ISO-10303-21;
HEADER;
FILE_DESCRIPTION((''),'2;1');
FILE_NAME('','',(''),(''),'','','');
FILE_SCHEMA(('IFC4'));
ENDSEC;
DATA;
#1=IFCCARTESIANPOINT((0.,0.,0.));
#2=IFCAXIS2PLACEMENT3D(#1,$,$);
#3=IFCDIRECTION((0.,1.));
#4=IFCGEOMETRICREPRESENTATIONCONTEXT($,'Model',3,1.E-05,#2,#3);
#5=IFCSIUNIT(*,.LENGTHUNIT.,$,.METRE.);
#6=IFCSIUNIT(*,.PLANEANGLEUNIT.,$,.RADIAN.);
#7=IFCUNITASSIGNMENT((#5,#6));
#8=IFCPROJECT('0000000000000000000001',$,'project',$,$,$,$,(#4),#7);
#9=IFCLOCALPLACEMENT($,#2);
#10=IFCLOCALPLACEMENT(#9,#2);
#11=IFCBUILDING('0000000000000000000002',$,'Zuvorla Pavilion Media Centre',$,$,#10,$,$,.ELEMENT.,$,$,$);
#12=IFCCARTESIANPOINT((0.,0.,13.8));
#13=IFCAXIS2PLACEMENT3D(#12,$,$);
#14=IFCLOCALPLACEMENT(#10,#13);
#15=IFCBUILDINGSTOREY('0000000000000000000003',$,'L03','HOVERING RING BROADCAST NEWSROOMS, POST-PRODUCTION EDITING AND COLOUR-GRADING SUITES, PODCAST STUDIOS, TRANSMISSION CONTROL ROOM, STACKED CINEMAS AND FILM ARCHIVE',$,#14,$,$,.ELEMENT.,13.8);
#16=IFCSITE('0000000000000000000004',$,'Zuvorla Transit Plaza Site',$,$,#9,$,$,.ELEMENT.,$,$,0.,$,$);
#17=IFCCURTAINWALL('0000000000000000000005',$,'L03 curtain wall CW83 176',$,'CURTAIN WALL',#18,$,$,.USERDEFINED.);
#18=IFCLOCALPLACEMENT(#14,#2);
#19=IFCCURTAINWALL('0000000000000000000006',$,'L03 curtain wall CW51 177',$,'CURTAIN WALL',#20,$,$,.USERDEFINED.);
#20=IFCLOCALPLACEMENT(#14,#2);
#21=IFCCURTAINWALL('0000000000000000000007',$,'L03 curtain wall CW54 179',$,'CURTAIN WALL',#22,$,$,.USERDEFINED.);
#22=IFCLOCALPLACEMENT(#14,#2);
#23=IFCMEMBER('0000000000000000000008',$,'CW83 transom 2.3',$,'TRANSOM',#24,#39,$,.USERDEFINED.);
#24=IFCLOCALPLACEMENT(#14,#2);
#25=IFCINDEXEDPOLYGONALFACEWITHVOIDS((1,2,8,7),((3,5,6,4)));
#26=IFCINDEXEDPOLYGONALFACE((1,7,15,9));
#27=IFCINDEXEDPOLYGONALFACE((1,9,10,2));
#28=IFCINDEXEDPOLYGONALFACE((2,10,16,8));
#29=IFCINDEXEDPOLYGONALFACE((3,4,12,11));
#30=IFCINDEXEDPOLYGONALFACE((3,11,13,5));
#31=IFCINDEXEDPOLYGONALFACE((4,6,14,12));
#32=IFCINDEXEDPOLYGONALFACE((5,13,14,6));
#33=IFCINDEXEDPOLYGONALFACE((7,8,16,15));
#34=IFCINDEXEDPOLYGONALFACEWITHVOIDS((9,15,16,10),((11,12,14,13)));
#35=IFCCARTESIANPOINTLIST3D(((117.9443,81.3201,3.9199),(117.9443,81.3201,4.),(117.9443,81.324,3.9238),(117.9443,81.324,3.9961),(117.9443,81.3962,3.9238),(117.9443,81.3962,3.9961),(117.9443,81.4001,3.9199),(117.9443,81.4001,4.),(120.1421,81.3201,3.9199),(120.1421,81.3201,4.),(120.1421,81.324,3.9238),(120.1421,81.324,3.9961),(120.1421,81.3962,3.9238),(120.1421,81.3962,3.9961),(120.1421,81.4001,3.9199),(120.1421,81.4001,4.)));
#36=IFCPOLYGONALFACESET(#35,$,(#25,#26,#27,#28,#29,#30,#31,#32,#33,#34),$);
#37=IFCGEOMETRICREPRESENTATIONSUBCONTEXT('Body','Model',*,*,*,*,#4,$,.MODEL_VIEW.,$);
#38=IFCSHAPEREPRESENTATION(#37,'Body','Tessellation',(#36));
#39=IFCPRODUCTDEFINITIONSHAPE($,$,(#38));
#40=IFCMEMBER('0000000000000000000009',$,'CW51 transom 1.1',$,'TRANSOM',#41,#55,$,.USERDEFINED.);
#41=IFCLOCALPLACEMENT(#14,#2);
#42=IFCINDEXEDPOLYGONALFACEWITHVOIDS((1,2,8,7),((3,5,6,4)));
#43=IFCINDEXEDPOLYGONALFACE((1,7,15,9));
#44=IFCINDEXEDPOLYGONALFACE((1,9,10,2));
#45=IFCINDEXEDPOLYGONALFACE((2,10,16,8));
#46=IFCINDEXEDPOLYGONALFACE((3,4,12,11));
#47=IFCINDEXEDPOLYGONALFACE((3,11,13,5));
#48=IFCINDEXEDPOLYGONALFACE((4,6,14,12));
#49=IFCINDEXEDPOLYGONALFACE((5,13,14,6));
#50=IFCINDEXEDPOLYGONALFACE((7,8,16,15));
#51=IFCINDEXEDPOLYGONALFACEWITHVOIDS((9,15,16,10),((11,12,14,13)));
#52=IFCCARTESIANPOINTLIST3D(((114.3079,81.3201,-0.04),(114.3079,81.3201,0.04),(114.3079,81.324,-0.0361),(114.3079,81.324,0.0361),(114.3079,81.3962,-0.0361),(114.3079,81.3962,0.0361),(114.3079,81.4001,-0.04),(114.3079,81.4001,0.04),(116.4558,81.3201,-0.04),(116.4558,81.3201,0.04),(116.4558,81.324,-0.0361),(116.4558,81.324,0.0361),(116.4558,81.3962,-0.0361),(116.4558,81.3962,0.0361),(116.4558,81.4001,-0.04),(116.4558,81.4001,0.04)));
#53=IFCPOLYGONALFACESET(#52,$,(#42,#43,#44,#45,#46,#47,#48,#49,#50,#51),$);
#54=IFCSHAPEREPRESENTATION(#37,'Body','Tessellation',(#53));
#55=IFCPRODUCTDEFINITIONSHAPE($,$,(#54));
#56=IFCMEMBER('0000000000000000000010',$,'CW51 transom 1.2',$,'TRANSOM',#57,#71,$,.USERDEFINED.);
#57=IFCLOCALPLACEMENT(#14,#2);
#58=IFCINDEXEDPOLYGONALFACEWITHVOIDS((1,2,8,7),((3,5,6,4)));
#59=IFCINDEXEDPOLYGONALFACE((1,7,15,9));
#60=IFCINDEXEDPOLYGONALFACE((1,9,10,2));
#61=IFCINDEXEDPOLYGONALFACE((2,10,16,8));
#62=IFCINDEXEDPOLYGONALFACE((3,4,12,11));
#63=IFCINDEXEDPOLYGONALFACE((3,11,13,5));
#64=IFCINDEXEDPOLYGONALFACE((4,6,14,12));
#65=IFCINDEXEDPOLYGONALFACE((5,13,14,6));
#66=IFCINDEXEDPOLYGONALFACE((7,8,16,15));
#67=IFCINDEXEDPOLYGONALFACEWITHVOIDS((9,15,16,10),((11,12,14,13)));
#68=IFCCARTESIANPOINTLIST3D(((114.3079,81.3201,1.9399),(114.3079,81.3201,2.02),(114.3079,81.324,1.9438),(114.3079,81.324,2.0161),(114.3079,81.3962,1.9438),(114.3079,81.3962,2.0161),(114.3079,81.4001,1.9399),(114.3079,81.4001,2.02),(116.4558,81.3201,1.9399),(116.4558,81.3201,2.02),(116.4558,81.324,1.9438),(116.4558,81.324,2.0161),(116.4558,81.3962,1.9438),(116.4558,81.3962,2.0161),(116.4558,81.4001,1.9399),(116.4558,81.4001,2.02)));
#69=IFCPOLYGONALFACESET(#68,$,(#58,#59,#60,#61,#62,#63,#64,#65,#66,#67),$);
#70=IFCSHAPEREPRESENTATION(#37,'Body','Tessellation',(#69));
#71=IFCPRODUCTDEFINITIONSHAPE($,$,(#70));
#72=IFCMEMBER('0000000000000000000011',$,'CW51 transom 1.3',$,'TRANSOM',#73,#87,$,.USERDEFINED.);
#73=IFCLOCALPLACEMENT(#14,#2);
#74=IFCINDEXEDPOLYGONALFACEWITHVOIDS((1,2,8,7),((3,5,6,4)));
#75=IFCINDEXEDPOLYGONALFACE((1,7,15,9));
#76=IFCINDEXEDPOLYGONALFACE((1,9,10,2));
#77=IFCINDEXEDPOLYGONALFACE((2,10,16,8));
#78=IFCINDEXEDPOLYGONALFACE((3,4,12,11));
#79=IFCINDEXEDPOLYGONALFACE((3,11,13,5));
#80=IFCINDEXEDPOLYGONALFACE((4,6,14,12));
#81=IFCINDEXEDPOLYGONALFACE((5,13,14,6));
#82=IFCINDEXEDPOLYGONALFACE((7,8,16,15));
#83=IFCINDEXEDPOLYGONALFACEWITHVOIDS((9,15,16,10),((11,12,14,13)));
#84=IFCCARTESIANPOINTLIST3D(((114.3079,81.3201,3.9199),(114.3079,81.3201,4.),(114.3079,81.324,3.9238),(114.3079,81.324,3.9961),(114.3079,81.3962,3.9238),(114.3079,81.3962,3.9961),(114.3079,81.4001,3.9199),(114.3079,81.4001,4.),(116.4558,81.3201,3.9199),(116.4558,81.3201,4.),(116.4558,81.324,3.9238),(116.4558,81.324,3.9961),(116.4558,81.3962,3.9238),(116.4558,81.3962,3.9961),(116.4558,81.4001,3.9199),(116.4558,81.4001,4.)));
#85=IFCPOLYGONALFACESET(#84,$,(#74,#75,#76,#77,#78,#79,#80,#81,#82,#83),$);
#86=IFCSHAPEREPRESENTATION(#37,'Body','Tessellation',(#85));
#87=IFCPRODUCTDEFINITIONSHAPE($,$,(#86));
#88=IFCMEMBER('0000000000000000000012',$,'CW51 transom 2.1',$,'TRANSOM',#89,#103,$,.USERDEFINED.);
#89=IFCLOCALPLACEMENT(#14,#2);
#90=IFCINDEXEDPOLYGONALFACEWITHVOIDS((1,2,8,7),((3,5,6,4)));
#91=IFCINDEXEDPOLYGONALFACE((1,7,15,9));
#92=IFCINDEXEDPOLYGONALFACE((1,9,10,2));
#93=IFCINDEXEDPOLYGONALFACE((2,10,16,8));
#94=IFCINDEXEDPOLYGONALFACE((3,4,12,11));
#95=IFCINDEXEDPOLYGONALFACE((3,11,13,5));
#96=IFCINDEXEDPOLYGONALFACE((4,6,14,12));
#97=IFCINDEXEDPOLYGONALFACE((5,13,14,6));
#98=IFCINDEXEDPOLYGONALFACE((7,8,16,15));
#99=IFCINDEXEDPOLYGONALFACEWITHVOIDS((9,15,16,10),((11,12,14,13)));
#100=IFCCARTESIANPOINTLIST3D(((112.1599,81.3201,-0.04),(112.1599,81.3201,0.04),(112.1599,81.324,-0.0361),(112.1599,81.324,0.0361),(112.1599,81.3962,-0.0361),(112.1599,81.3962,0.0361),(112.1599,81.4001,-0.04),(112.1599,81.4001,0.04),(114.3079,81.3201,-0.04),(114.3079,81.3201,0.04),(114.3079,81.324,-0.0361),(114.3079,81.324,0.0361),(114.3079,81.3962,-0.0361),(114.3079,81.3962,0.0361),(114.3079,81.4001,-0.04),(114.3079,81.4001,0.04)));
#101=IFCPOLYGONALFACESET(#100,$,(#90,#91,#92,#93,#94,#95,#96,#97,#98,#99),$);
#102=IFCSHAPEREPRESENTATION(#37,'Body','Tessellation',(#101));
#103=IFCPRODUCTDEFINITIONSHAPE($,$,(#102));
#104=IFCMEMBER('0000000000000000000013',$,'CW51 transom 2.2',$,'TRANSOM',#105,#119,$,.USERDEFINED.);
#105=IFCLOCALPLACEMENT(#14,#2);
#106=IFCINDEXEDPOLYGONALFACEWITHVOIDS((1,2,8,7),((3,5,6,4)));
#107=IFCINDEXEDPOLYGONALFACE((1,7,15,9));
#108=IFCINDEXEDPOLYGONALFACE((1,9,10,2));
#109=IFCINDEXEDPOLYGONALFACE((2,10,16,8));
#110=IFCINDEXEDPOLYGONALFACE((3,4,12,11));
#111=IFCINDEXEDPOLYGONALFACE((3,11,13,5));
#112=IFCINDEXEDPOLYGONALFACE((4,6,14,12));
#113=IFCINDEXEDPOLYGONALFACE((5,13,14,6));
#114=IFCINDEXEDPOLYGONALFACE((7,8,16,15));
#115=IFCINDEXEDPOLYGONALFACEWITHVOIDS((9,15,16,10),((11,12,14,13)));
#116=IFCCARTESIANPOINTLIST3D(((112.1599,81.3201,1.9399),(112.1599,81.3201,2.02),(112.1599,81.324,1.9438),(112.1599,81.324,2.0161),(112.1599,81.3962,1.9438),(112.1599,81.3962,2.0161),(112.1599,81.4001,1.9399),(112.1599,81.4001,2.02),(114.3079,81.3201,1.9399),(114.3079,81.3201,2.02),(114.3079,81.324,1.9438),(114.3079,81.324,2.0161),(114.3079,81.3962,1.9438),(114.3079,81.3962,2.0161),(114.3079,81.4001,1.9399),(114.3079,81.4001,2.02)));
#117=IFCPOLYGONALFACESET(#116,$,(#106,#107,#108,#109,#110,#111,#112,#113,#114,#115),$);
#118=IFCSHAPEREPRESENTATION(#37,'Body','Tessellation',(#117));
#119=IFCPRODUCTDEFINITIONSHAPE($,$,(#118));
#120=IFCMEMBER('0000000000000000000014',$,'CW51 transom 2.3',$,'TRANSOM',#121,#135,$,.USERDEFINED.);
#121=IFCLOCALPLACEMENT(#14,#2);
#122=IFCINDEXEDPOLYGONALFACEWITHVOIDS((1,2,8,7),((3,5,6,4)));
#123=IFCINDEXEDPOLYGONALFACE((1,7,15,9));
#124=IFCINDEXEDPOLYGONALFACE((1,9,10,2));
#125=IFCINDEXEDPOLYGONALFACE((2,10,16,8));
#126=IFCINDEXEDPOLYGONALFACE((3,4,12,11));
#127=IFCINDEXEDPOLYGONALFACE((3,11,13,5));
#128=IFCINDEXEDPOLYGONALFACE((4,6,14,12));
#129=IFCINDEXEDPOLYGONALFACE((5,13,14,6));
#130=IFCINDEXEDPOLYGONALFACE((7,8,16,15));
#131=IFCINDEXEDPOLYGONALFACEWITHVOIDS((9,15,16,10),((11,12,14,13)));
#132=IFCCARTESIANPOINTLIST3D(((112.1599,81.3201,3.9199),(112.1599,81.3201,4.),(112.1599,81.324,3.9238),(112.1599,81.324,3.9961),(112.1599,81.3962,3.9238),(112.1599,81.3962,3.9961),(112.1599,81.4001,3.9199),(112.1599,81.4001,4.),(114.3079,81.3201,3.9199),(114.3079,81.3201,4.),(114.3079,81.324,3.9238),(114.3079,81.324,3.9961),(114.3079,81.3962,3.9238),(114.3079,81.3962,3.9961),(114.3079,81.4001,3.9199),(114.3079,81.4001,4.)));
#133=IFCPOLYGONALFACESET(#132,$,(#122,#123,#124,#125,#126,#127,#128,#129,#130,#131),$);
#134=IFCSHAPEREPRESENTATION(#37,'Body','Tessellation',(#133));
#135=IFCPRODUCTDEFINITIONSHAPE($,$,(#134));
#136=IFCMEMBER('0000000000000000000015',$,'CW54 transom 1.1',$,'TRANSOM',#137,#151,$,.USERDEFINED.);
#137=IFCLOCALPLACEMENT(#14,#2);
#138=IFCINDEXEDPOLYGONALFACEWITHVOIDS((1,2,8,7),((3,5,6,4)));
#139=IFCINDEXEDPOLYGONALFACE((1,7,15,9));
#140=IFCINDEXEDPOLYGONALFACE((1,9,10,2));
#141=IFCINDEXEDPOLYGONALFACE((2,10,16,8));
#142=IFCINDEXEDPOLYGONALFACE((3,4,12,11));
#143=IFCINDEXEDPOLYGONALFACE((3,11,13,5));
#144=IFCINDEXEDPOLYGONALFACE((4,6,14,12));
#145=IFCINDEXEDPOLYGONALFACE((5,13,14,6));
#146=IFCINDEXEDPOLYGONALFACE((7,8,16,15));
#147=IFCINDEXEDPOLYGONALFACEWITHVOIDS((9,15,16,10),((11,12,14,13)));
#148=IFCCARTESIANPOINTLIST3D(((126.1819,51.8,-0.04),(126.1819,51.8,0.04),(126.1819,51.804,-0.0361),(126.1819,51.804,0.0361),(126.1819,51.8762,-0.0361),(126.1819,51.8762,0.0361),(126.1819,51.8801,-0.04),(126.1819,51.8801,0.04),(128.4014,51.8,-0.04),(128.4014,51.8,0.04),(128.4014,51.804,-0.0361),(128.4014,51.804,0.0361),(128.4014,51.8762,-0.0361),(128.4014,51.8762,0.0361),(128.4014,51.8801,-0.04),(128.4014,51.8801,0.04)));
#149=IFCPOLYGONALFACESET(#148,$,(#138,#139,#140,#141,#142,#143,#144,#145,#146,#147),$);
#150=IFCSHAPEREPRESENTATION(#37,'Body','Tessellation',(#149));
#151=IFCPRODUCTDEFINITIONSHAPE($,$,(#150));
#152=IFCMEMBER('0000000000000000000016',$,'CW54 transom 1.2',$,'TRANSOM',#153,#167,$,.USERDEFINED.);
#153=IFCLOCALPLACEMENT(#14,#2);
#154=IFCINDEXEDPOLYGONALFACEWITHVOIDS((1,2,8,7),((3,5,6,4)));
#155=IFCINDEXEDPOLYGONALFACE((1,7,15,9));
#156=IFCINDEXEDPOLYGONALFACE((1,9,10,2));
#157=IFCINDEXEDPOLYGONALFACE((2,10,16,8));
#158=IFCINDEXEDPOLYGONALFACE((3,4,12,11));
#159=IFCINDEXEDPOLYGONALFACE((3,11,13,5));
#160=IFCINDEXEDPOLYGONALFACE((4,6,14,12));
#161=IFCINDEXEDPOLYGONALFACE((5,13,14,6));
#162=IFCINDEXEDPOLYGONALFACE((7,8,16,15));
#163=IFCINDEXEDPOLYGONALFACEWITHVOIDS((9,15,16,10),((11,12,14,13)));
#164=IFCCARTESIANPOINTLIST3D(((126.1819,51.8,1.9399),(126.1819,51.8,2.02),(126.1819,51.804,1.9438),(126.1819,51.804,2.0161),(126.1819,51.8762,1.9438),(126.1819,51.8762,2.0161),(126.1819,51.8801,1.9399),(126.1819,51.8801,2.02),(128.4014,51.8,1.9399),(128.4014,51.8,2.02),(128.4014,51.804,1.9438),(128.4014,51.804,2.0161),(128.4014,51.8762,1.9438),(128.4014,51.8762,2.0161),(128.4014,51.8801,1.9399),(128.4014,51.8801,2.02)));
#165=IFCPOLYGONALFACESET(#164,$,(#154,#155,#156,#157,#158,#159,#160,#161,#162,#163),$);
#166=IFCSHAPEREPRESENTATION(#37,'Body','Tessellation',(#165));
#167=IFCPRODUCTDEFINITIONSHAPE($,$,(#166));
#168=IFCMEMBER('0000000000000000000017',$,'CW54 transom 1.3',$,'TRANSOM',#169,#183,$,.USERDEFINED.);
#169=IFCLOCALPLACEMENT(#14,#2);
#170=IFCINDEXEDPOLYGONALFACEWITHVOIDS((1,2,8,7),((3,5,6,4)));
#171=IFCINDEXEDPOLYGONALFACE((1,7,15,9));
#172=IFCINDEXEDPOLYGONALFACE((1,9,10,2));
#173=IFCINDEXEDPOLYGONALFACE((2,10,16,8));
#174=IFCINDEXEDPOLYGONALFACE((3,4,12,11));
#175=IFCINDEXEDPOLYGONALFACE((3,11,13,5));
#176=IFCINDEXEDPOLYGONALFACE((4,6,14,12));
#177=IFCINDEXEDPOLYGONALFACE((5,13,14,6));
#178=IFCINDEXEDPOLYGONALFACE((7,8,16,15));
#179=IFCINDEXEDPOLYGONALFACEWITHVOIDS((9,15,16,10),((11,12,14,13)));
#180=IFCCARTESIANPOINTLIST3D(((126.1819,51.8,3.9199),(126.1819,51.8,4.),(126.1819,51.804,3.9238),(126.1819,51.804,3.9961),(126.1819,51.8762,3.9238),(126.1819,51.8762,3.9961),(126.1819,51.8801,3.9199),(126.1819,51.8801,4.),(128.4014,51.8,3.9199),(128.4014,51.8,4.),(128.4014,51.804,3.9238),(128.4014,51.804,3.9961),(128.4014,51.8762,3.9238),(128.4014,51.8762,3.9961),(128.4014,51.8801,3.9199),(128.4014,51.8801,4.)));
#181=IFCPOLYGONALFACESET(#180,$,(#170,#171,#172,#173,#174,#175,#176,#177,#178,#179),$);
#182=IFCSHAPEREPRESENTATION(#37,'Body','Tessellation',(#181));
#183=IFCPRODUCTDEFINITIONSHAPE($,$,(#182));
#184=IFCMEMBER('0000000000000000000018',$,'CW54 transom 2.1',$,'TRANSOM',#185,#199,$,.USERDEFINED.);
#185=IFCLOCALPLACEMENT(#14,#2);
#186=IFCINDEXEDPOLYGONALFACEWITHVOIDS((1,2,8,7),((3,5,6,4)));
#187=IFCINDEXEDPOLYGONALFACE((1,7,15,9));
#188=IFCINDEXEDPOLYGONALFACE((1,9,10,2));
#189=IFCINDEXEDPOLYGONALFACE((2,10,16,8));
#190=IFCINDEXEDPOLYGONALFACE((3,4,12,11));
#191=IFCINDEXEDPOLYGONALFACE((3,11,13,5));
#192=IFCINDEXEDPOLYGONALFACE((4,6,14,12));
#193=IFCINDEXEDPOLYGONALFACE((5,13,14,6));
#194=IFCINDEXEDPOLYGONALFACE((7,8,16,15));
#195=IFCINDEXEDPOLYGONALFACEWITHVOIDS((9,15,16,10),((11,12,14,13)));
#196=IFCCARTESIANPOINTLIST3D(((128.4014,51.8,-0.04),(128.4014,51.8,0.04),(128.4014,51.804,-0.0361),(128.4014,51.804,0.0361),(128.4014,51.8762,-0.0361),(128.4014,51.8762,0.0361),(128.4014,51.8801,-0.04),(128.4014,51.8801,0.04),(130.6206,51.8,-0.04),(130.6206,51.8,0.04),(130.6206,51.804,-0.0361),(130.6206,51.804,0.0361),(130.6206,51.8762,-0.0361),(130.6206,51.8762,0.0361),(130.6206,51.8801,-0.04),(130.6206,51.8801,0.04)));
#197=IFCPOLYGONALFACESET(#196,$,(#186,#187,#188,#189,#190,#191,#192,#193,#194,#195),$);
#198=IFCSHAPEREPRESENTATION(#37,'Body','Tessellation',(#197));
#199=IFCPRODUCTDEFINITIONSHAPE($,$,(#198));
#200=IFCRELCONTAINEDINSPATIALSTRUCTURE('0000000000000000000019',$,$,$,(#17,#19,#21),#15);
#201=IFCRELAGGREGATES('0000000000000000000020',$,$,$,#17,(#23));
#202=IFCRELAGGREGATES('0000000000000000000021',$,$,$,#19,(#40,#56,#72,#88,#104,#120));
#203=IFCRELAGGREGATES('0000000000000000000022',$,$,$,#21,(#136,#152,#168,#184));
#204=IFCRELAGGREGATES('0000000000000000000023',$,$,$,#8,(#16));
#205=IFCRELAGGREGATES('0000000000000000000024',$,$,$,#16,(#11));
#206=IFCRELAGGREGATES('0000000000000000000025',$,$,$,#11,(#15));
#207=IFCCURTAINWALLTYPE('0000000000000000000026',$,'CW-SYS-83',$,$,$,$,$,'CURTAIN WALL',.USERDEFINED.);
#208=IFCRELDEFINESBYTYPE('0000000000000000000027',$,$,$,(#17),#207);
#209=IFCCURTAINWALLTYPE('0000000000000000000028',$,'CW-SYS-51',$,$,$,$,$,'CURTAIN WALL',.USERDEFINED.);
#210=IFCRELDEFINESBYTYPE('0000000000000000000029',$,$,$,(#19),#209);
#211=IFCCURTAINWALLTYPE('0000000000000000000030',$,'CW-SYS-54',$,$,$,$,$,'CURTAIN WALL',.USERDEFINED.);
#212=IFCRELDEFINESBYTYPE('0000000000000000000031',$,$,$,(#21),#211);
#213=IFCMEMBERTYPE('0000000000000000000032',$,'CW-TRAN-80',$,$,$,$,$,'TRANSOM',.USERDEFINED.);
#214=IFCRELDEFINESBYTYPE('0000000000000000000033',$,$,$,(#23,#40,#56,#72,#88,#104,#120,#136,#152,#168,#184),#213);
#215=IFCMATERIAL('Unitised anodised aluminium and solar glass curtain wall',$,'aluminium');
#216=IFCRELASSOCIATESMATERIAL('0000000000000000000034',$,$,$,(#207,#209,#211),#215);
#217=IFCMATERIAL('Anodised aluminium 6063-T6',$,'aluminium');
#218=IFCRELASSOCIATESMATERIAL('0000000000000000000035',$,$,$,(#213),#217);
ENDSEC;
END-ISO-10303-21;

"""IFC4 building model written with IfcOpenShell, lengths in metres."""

from ifc_helpers import new_model, si_unit, direction, frame, origin, origin_2d, place, context, subcontext, project, spatial, hollow_rectangle, extrude, material, material_profile, profile_set, type_object, element, aggregate, save


model = new_model("IFC4")

# Units and contexts
model_context = context("Model", 3, precision=1e-05, world=origin(), true_north=direction((0.0, 1.0)))
body_context = subcontext(model_context, "Body", "Model", "MODEL_VIEW")
ifc_project = project(units=[si_unit("LENGTHUNIT", "METRE"), si_unit("PLANEANGLEUNIT", "RADIAN")], contexts=[model_context])

# Site, building, storey
site_placement = place(None, origin())
site = spatial("IfcSite", under=ifc_project, at=site_placement, Name="Zuvorla Transit Plaza Site", CompositionType="ELEMENT", RefElevation=0.0)
building_placement = place(site_placement, origin())
building = spatial("IfcBuilding", under=site, at=building_placement, Name="Zuvorla Pavilion Media Centre", CompositionType="ELEMENT")
storey_placement = place(building_placement, frame((0.0, 0.0, 13.8)))
storey = spatial("IfcBuildingStorey", under=building, at=storey_placement, Name="L03", Description="HOVERING RING BROADCAST NEWSROOMS, POST-PRODUCTION EDITING AND COLOUR-GRADING SUITES, PODCAST STUDIOS, TRANSMISSION CONTROL ROOM, STACKED CINEMAS AND FILM ARCHIVE", CompositionType="ELEMENT", Elevation=13.8)

# Curtain walls
ifc_material_1 = material(Name="Unitised anodised aluminium and solar glass curtain wall", Category="aluminium")
curtain_wall_type_1 = type_object("IfcCurtainWallType", Name="CW-SYS-83", ElementType="CURTAIN WALL", PredefinedType="USERDEFINED", material=ifc_material_1)
curtain_wall_1_placement = place(storey_placement, origin())
curtain_wall_1 = element("IfcCurtainWall", 1, at=curtain_wall_1_placement, inside=storey, type_object=curtain_wall_type_1, Name="L03 curtain wall CW83 176", ObjectType="CURTAIN WALL", PredefinedType="USERDEFINED")
ifc_material_2 = material(Name="Anodised aluminium 6063-T6", Category="aluminium")
curtain_wall_type_2 = type_object("IfcCurtainWallType", Name="CW-SYS-51", ElementType="CURTAIN WALL", PredefinedType="USERDEFINED", material=ifc_material_1)
curtain_wall_2_placement = place(storey_placement, origin())
curtain_wall_2 = element("IfcCurtainWall", 2, at=curtain_wall_2_placement, inside=storey, type_object=curtain_wall_type_2, Name="L03 curtain wall CW51 177", ObjectType="CURTAIN WALL", PredefinedType="USERDEFINED")

# Curtain wall
curtain_wall_type_3 = type_object("IfcCurtainWallType", Name="CW-SYS-54", ElementType="CURTAIN WALL", PredefinedType="USERDEFINED", material=ifc_material_1)
curtain_wall_3_placement = place(storey_placement, origin())
curtain_wall_3 = element("IfcCurtainWall", 3, at=curtain_wall_3_placement, inside=storey, type_object=curtain_wall_type_3, Name="L03 curtain wall CW54 179", ObjectType="CURTAIN WALL", PredefinedType="USERDEFINED")

# Members
ifc_material_profile_1 = material_profile(ifc_material_2, hollow_rectangle(XDim=0.0801, YDim=0.0801, WallThickness=0.0039, at=origin_2d()), Name="ALU TRAN 80x80")
ifc_profile_set_1 = profile_set([ifc_material_profile_1], Name="Anodised aluminium 6063-T6")
member_type_1 = type_object("IfcMemberType", Name="CW-TRAN-80", ElementType="TRANSOM", PredefinedType="USERDEFINED", material=ifc_profile_set_1)
member_1_placement = place(storey_placement, frame((120.1421, 81.3601, 3.96), z_axis=(-1.0, 0.0, 0.0), x_axis=(0.0, -1.0, 0.0)))
member_1 = element("IfcMember", 4, at=member_1_placement, type_object=member_type_1, Name="CW83 transom 2.3", ObjectType="TRANSOM", PredefinedType="USERDEFINED", context=body_context, shape_type="SweptSolid", body=[
    extrude(hollow_rectangle(XDim=0.0801, YDim=0.0801, WallThickness=0.0039, at=origin_2d()), origin(), (0.0, 0.0, 1.0), 2.1978),
])
member_2_placement = place(storey_placement, frame((116.4558, 81.3601, 0.0), z_axis=(-1.0, 0.0, 0.0), x_axis=(0.0, -1.0, 0.0)))
member_2 = element("IfcMember", 5, at=member_2_placement, type_object=member_type_1, Name="CW51 transom 1.1", ObjectType="TRANSOM", PredefinedType="USERDEFINED", context=body_context, shape_type="SweptSolid", body=[
    extrude(hollow_rectangle(XDim=0.0801, YDim=0.0801, WallThickness=0.0039, at=origin_2d()), origin(), (0.0, 0.0, 1.0), 2.1479),
])
member_3_placement = place(storey_placement, frame((116.4558, 81.3601, 1.98), z_axis=(-1.0, 0.0, 0.0), x_axis=(0.0, -1.0, 0.0)))
member_3 = element("IfcMember", 6, at=member_3_placement, type_object=member_type_1, Name="CW51 transom 1.2", ObjectType="TRANSOM", PredefinedType="USERDEFINED", context=body_context, shape_type="SweptSolid", body=[
    extrude(hollow_rectangle(XDim=0.0801, YDim=0.0801, WallThickness=0.0039, at=origin_2d()), origin(), (0.0, 0.0, 1.0), 2.1479),
])
member_4_placement = place(storey_placement, frame((116.4558, 81.3601, 3.96), z_axis=(-1.0, 0.0, 0.0), x_axis=(0.0, -1.0, 0.0)))
member_4 = element("IfcMember", 7, at=member_4_placement, type_object=member_type_1, Name="CW51 transom 1.3", ObjectType="TRANSOM", PredefinedType="USERDEFINED", context=body_context, shape_type="SweptSolid", body=[
    extrude(hollow_rectangle(XDim=0.0801, YDim=0.0801, WallThickness=0.0039, at=origin_2d()), origin(), (0.0, 0.0, 1.0), 2.1479),
])
member_5_placement = place(storey_placement, frame((114.3079, 81.3601, 0.0), z_axis=(-1.0, 0.0, 0.0), x_axis=(0.0, -1.0, 0.0)))
member_5 = element("IfcMember", 8, at=member_5_placement, type_object=member_type_1, Name="CW51 transom 2.1", ObjectType="TRANSOM", PredefinedType="USERDEFINED", context=body_context, shape_type="SweptSolid", body=[
    extrude(hollow_rectangle(XDim=0.0801, YDim=0.0801, WallThickness=0.0039, at=origin_2d()), origin(), (0.0, 0.0, 1.0), 2.1479),
])
member_6_placement = place(storey_placement, frame((114.3079, 81.3601, 1.98), z_axis=(-1.0, 0.0, 0.0), x_axis=(0.0, -1.0, 0.0)))
member_6 = element("IfcMember", 9, at=member_6_placement, type_object=member_type_1, Name="CW51 transom 2.2", ObjectType="TRANSOM", PredefinedType="USERDEFINED", context=body_context, shape_type="SweptSolid", body=[
    extrude(hollow_rectangle(XDim=0.0801, YDim=0.0801, WallThickness=0.0039, at=origin_2d()), origin(), (0.0, 0.0, 1.0), 2.1479),
])
member_7_placement = place(storey_placement, frame((114.3079, 81.3601, 3.96), z_axis=(-1.0, 0.0, 0.0), x_axis=(0.0, -1.0, 0.0)))
member_7 = element("IfcMember", 10, at=member_7_placement, type_object=member_type_1, Name="CW51 transom 2.3", ObjectType="TRANSOM", PredefinedType="USERDEFINED", context=body_context, shape_type="SweptSolid", body=[
    extrude(hollow_rectangle(XDim=0.0801, YDim=0.0801, WallThickness=0.0039, at=origin_2d()), origin(), (0.0, 0.0, 1.0), 2.1479),
])
member_8_placement = place(storey_placement, frame((126.1819, 51.8401, 0.0), z_axis=(1.0, 0.0, 0.0), x_axis=(0.0, 1.0, 0.0)))
member_8 = element("IfcMember", 11, at=member_8_placement, type_object=member_type_1, Name="CW54 transom 1.1", ObjectType="TRANSOM", PredefinedType="USERDEFINED", context=body_context, shape_type="SweptSolid", body=[
    extrude(hollow_rectangle(XDim=0.0801, YDim=0.0801, WallThickness=0.0039, at=origin_2d()), origin(), (0.0, 0.0, 1.0), 2.2195),
])
member_9_placement = place(storey_placement, frame((126.1819, 51.8401, 1.98), z_axis=(1.0, 0.0, 0.0), x_axis=(0.0, 1.0, 0.0)))
member_9 = element("IfcMember", 12, at=member_9_placement, type_object=member_type_1, Name="CW54 transom 1.2", ObjectType="TRANSOM", PredefinedType="USERDEFINED", context=body_context, shape_type="SweptSolid", body=[
    extrude(hollow_rectangle(XDim=0.0801, YDim=0.0801, WallThickness=0.0039, at=origin_2d()), origin(), (0.0, 0.0, 1.0), 2.2195),
])
member_10_placement = place(storey_placement, frame((126.1819, 51.8401, 3.96), z_axis=(1.0, 0.0, 0.0), x_axis=(0.0, 1.0, 0.0)))
member_10 = element("IfcMember", 13, at=member_10_placement, type_object=member_type_1, Name="CW54 transom 1.3", ObjectType="TRANSOM", PredefinedType="USERDEFINED", context=body_context, shape_type="SweptSolid", body=[
    extrude(hollow_rectangle(XDim=0.0801, YDim=0.0801, WallThickness=0.0039, at=origin_2d()), origin(), (0.0, 0.0, 1.0), 2.2195),
])
member_11_placement = place(storey_placement, frame((128.4014, 51.8401, 0.0), z_axis=(1.0, 0.0, 0.0), x_axis=(0.0, 1.0, 0.0)))
member_11 = element("IfcMember", 14, at=member_11_placement, type_object=member_type_1, Name="CW54 transom 2.1", ObjectType="TRANSOM", PredefinedType="USERDEFINED", context=body_context, shape_type="SweptSolid", body=[
    extrude(hollow_rectangle(XDim=0.0801, YDim=0.0801, WallThickness=0.0039, at=origin_2d()), origin(), (0.0, 0.0, 1.0), 2.2192),
])

aggregate(curtain_wall_1, [member_1])
aggregate(curtain_wall_2, [member_2, member_3, member_4, member_5, member_6, member_7])
aggregate(curtain_wall_3, [member_8, member_9, member_10, member_11])

save(model, "model.ifc")
